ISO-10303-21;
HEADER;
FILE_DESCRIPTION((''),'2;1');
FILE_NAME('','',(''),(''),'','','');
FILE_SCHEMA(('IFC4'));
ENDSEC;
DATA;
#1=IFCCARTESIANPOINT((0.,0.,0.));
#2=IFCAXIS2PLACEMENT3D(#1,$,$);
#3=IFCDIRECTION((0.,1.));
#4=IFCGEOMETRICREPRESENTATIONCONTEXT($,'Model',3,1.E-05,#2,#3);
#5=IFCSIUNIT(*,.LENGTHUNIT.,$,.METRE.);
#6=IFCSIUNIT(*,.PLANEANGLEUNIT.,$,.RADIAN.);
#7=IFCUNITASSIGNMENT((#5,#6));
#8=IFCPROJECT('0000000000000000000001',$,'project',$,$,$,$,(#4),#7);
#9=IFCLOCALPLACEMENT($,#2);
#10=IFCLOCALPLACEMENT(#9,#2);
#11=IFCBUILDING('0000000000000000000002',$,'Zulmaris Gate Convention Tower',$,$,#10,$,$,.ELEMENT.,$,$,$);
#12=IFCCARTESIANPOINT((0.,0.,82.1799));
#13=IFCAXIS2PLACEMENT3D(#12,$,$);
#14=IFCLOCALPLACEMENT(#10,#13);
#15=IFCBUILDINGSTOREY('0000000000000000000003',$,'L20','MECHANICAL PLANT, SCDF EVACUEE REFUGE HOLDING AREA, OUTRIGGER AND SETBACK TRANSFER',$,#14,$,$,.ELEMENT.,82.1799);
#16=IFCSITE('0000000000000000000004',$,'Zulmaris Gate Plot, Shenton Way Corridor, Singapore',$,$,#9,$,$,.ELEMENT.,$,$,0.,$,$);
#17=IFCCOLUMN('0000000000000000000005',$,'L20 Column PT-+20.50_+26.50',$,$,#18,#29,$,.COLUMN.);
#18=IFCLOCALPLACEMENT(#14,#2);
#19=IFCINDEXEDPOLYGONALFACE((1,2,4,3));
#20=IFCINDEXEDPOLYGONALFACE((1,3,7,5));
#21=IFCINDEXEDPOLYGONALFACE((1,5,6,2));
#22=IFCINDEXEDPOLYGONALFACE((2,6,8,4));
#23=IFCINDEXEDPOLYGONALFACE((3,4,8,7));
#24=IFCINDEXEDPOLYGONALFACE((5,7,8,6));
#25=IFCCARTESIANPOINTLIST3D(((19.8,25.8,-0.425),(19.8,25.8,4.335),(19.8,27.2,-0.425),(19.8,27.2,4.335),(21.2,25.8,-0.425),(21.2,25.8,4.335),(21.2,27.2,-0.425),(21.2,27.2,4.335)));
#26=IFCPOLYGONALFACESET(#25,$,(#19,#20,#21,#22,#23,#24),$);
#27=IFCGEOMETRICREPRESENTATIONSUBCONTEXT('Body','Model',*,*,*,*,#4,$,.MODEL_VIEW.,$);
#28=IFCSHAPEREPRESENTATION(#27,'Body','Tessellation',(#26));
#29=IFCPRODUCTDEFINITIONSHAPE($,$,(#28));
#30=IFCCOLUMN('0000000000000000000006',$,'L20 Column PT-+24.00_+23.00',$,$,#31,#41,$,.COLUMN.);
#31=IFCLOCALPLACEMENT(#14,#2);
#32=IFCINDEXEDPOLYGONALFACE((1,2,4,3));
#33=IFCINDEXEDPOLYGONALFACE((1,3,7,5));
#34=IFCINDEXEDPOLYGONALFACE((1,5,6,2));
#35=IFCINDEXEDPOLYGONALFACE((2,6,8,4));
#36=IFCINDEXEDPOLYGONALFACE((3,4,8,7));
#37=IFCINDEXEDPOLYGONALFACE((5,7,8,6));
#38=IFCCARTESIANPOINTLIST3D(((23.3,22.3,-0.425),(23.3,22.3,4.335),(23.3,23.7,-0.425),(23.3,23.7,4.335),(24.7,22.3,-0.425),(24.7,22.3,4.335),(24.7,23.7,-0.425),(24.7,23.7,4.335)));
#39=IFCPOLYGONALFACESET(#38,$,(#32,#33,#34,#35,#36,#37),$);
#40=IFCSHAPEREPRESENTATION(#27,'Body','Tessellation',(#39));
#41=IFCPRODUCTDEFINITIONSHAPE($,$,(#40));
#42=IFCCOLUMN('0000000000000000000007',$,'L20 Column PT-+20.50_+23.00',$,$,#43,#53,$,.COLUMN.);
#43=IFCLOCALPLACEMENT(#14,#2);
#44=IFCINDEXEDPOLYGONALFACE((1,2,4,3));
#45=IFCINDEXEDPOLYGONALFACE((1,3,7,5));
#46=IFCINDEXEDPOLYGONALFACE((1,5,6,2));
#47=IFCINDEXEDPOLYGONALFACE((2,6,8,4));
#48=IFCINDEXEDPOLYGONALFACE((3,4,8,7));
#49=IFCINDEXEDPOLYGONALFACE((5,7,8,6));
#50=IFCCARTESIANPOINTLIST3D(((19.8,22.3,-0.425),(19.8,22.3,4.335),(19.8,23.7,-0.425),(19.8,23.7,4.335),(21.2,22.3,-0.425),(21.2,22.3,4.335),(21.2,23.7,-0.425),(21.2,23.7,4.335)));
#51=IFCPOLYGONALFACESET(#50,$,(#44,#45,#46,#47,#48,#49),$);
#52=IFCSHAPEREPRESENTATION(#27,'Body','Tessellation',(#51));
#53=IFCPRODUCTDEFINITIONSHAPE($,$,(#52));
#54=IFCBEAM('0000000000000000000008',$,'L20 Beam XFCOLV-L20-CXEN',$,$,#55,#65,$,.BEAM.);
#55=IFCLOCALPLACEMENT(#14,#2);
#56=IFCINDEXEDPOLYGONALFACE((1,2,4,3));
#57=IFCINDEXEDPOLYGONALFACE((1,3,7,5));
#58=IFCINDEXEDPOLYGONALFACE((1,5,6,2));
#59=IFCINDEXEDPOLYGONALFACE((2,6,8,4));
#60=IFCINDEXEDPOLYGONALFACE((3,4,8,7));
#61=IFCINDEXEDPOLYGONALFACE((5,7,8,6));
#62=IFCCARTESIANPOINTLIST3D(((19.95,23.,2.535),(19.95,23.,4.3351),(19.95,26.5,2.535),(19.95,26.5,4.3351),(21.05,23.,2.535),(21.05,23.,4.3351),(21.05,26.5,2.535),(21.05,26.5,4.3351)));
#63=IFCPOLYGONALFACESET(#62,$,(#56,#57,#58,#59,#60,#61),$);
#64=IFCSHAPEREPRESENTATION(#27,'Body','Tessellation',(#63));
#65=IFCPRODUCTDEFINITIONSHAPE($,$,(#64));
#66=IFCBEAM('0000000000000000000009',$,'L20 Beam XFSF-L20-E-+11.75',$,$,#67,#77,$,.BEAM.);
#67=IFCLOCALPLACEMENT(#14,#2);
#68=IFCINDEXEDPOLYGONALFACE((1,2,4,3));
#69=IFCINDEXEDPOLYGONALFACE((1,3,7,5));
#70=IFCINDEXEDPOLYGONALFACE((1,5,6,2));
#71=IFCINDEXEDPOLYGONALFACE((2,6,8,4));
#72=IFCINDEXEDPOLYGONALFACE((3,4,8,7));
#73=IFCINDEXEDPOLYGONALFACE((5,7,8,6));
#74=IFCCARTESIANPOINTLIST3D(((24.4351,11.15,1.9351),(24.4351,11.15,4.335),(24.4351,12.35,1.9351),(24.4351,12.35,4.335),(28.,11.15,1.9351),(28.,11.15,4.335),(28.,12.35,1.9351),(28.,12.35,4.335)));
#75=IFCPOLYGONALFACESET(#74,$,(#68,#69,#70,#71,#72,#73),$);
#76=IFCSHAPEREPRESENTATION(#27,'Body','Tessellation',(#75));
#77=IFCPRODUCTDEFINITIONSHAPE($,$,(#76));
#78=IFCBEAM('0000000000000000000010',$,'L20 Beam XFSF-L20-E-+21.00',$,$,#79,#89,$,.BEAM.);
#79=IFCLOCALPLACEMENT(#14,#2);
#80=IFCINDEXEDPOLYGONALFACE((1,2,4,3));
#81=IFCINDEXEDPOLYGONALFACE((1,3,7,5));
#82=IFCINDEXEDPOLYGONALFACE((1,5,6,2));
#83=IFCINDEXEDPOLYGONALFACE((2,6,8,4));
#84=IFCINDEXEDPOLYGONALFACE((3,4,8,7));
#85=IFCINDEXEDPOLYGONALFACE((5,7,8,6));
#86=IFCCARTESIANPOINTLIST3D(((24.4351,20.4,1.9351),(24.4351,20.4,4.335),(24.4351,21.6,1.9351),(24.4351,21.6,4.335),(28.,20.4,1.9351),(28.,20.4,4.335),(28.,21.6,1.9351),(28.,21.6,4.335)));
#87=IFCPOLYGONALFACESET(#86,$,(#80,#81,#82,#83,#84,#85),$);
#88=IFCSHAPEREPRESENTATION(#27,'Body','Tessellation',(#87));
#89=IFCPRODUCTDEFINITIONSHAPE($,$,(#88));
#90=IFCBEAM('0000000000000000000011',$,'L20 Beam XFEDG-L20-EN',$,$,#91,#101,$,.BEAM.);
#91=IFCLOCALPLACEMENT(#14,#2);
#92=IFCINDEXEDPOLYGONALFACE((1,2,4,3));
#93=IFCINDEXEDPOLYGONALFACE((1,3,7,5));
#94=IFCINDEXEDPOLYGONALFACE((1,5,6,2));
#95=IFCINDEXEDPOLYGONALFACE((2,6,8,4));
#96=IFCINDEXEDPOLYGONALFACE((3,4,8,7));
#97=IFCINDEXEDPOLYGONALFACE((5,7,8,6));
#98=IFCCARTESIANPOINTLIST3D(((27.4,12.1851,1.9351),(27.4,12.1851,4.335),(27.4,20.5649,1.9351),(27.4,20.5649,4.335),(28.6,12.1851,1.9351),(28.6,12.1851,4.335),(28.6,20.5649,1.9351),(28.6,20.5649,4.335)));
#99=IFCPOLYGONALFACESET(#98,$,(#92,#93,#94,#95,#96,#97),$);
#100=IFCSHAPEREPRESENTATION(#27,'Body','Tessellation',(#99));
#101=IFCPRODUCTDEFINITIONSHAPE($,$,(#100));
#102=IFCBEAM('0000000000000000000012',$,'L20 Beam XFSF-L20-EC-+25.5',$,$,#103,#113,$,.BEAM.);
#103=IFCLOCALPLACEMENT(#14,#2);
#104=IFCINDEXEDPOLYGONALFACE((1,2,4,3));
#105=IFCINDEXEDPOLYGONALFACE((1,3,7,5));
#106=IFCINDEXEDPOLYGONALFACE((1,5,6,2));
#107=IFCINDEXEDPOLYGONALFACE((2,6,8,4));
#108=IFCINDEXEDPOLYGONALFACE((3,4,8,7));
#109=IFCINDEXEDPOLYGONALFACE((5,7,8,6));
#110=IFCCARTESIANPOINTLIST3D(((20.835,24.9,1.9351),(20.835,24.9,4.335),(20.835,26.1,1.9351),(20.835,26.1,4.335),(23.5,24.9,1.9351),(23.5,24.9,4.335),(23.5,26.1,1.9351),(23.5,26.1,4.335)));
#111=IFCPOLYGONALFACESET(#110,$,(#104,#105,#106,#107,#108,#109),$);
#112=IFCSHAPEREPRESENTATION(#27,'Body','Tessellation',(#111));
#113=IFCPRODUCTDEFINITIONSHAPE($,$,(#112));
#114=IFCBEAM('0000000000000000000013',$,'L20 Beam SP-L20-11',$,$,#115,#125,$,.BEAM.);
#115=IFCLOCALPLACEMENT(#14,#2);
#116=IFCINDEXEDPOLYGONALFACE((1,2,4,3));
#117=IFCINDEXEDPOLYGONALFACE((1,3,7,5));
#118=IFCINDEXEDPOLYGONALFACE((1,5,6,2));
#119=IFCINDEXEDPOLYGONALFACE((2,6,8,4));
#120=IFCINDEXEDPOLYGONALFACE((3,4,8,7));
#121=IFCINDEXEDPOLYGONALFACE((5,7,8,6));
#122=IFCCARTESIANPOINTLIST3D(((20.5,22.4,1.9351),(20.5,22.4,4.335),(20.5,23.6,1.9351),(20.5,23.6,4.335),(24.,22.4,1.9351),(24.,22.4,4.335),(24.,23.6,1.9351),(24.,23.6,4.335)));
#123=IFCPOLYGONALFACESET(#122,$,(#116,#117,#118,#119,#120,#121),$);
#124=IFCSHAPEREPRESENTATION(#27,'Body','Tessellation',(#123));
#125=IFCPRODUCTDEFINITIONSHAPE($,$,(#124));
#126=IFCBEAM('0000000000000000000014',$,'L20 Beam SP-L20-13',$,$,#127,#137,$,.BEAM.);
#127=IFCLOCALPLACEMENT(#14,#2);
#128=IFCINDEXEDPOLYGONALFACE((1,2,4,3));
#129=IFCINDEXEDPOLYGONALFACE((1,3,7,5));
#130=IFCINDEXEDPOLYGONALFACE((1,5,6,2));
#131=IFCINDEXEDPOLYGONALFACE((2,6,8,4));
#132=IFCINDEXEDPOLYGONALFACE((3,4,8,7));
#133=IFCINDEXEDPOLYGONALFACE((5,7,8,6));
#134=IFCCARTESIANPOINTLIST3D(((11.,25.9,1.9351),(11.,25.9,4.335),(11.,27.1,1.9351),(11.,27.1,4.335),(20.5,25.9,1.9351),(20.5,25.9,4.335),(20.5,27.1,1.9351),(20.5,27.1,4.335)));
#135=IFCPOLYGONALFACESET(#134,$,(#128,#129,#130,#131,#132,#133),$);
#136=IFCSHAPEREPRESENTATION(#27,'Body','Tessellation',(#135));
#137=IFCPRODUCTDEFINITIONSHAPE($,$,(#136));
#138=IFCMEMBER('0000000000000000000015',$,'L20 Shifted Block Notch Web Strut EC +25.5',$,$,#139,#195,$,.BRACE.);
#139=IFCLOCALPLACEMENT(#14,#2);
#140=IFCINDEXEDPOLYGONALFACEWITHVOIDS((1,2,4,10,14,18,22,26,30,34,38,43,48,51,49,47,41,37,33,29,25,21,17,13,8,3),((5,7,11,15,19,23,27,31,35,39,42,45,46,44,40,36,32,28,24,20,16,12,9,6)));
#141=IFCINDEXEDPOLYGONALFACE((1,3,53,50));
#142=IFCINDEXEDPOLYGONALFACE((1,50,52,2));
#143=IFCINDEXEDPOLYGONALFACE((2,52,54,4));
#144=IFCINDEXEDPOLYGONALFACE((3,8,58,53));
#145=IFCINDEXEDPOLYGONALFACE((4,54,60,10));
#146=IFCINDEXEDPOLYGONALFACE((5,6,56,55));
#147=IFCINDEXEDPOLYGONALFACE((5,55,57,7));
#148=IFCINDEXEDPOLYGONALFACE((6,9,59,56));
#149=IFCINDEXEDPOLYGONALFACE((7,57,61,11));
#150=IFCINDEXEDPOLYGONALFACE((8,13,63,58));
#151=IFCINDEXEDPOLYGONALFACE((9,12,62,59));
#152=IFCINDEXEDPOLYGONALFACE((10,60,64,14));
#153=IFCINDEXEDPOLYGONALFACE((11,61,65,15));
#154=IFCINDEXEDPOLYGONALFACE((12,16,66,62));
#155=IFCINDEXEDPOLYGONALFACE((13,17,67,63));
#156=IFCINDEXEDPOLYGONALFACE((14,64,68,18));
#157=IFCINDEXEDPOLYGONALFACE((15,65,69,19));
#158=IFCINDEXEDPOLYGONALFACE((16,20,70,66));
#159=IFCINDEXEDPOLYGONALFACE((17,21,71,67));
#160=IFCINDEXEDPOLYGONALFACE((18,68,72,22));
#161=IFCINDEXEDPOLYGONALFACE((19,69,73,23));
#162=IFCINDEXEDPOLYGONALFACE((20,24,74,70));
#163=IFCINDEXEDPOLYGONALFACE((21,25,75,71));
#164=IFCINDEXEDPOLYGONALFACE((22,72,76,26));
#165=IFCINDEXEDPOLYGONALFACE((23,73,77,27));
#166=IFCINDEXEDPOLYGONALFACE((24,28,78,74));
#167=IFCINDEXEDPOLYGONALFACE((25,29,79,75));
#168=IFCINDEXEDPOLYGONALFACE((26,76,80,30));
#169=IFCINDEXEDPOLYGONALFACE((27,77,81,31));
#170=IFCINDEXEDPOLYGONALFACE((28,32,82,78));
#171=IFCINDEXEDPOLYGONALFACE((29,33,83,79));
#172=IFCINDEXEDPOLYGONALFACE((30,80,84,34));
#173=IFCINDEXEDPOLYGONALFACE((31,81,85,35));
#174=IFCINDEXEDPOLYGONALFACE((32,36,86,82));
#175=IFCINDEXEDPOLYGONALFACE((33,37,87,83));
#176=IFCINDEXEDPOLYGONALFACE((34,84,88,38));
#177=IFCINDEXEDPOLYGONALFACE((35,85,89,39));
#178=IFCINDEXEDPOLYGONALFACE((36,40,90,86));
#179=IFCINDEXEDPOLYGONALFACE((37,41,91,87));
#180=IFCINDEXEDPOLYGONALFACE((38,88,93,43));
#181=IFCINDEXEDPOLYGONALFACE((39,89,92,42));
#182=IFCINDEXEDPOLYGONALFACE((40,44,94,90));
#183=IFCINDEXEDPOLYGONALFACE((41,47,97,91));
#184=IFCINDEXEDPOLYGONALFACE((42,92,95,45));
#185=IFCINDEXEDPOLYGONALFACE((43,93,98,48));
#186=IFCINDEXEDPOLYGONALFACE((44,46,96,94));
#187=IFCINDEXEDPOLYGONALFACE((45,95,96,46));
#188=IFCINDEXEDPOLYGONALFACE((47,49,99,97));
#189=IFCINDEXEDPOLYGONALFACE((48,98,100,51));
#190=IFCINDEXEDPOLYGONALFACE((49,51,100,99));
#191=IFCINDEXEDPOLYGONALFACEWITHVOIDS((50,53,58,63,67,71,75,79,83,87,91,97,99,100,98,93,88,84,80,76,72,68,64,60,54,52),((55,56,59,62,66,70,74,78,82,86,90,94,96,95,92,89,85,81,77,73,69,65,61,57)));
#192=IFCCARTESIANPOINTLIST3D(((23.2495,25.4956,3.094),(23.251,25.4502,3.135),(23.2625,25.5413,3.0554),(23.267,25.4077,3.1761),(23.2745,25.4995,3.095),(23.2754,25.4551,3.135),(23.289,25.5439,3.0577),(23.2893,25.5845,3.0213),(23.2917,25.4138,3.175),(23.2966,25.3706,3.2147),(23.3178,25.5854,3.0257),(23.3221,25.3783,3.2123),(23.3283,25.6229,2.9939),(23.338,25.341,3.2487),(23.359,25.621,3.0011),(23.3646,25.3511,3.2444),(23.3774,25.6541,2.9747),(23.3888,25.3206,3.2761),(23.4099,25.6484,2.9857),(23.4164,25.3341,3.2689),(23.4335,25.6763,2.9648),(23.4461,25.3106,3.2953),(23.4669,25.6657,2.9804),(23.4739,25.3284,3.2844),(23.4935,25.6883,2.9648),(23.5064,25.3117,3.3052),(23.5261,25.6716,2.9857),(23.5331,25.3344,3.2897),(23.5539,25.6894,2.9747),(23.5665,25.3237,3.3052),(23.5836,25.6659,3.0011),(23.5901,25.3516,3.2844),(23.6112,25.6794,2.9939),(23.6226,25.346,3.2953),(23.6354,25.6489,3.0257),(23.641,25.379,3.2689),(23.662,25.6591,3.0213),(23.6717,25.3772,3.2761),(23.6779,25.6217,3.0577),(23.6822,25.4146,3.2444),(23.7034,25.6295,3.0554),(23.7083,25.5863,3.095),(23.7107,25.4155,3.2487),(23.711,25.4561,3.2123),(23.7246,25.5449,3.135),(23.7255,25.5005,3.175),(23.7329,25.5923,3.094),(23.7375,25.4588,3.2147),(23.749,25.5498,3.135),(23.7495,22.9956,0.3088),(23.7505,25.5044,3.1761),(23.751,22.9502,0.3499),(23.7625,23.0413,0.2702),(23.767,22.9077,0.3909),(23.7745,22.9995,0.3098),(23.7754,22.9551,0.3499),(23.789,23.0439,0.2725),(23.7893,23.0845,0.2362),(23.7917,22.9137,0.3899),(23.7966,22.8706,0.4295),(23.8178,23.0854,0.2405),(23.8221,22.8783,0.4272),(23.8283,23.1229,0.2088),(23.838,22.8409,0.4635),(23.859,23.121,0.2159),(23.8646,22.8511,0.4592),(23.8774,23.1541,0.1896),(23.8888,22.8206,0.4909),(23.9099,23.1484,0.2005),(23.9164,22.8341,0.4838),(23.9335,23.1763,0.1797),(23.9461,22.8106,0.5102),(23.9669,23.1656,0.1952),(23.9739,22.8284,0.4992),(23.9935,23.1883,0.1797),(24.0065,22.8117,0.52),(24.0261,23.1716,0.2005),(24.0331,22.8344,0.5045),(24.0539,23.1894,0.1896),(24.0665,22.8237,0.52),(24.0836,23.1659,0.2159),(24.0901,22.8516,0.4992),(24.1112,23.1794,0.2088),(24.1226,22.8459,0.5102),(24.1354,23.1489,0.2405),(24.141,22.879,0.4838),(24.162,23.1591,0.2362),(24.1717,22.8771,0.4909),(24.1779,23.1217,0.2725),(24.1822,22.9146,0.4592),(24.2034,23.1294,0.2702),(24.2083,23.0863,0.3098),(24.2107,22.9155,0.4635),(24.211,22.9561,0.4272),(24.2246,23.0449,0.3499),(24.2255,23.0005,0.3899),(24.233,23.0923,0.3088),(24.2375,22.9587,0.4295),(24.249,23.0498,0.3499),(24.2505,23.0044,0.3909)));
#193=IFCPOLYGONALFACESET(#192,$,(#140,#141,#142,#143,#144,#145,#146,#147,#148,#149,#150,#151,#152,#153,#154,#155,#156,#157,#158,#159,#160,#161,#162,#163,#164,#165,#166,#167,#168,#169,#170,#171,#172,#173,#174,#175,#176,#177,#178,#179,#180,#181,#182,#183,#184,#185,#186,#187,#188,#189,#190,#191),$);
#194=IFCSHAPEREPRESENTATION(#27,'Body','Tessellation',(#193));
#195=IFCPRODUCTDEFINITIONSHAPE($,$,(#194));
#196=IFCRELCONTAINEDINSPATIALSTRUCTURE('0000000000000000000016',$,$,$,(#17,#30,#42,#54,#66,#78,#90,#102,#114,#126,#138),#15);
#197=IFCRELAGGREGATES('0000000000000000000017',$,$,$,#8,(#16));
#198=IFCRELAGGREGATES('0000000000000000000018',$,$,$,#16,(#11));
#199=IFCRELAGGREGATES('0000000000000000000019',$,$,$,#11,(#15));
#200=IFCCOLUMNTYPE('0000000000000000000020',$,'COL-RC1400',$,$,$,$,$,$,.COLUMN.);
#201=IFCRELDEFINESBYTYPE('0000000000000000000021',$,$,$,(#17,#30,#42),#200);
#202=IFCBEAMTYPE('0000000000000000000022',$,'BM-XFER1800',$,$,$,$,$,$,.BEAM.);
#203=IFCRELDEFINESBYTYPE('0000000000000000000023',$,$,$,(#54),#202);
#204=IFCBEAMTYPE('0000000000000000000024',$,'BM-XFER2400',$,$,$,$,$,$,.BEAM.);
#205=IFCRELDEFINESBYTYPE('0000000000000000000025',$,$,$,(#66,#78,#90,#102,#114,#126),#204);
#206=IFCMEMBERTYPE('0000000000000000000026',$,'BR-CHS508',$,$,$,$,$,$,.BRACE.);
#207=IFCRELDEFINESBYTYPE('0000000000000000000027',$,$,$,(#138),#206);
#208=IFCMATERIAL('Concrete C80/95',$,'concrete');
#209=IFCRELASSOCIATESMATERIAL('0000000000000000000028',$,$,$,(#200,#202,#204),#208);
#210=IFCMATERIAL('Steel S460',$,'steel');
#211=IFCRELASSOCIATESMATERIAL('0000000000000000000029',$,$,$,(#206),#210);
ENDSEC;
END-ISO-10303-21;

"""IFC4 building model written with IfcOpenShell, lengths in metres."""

from ifc_helpers import new_model, si_unit, direction, frame, origin, origin_2d, place, context, subcontext, project, spatial, rectangle, hollow_circle, extrude, material, material_profile, profile_set, type_object, element, save


model = new_model("IFC4")

# Units and contexts
model_context = context("Model", 3, precision=1e-05, world=origin(), true_north=direction((0.0, 1.0)))
body_context = subcontext(model_context, "Body", "Model", "MODEL_VIEW")
ifc_project = project(units=[si_unit("LENGTHUNIT", "METRE"), si_unit("PLANEANGLEUNIT", "RADIAN")], contexts=[model_context])

# Site, building, storey
site_placement = place(None, origin())
site = spatial("IfcSite", under=ifc_project, at=site_placement, Name="Zulmaris Gate Plot, Shenton Way Corridor, Singapore", CompositionType="ELEMENT", RefElevation=0.0)
building_placement = place(site_placement, origin())
building = spatial("IfcBuilding", under=site, at=building_placement, Name="Zulmaris Gate Convention Tower", CompositionType="ELEMENT")
storey_placement = place(building_placement, frame((0.0, 0.0, 82.1799)))
storey = spatial("IfcBuildingStorey", under=building, at=storey_placement, Name="L20", Description="MECHANICAL PLANT, SCDF EVACUEE REFUGE HOLDING AREA, OUTRIGGER AND SETBACK TRANSFER", CompositionType="ELEMENT", Elevation=82.1799)

# Columns
ifc_material_1 = material(Name="Concrete C80/95", Category="concrete")
ifc_material_profile_1 = material_profile(ifc_material_1, rectangle(XDim=1.3999, YDim=1.3999, at=origin_2d()), Name="RC COL 1400x1400")
ifc_profile_set_1 = profile_set([ifc_material_profile_1], Name="Concrete C80/95")
column_type = type_object("IfcColumnType", Name="COL-RC1400", PredefinedType="COLUMN", material=ifc_profile_set_1)
for number, where, z_axis, x_axis, name in (
    (1, (20.5, 26.5, -0.425), (0.0, 0.0, 1.0), (1.0, 0.0, 0.0), "L20 Column PT-+20.50_+26.50"),
    (2, (24.0, 23.0, -0.425), (0.0, 0.0, 1.0), (1.0, 0.0, 0.0), "L20 Column PT-+24.00_+23.00"),
    (3, (20.5, 23.0, -0.425), (0.0, 0.0, 1.0), (1.0, 0.0, 0.0), "L20 Column PT-+20.50_+23.00"),
):
    element("IfcColumn", number, at=place(storey_placement, frame(where, z_axis=z_axis, x_axis=x_axis)), inside=storey, type_object=column_type, Name=name, PredefinedType="COLUMN", context=body_context, shape_type="SweptSolid", body=[
        extrude(rectangle(XDim=1.3999, YDim=1.3999, at=origin_2d()), origin(), (0.0, 0.0, 1.0), 4.76),
    ])

# Beams
ifc_material_profile_2 = material_profile(ifc_material_1, rectangle(XDim=1.1001, YDim=1.8, at=origin_2d()), Name="RC TRANSFER 1100x1800")
ifc_profile_set_2 = profile_set([ifc_material_profile_2], Name="Concrete C80/95")
beam_type_1 = type_object("IfcBeamType", Name="BM-XFER1800", PredefinedType="BEAM", material=ifc_profile_set_2)
beam_1_placement = place(storey_placement, frame((20.5, 23.0, 3.4351), z_axis=(0.0, 1.0, 0.0), x_axis=(-1.0, 0.0, 0.0)))
element("IfcBeam", 4, at=beam_1_placement, inside=storey, type_object=beam_type_1, Name="L20 Beam XFCOLV-L20-CXEN", PredefinedType="BEAM", context=body_context, shape_type="SweptSolid", body=[
    extrude(rectangle(XDim=1.1001, YDim=1.8, at=origin_2d()), origin(), (0.0, 0.0, 1.0), 3.5),
])
ifc_material_profile_3 = material_profile(ifc_material_1, rectangle(XDim=1.2, YDim=2.3999, at=origin_2d()), Name="RC TRANSFER 1200x2400")
ifc_profile_set_3 = profile_set([ifc_material_profile_3], Name="Concrete C80/95")
beam_type_2 = type_object("IfcBeamType", Name="BM-XFER2400", PredefinedType="BEAM", material=ifc_profile_set_3)
for number, where, z_axis, x_axis, name in (
    (5, (24.4351, 11.75, 3.135), (1.0, 0.0, 0.0), (0.0, 1.0, 0.0), "L20 Beam XFSF-L20-E-+11.75"),
    (6, (24.4351, 21.0, 3.135), (1.0, 0.0, 0.0), (0.0, 1.0, 0.0), "L20 Beam XFSF-L20-E-+21.00"),
):
    element("IfcBeam", number, at=place(storey_placement, frame(where, z_axis=z_axis, x_axis=x_axis)), inside=storey, type_object=beam_type_2, Name=name, PredefinedType="BEAM", context=body_context, shape_type="SweptSolid", body=[
        extrude(rectangle(XDim=1.2, YDim=2.3999, at=origin_2d()), origin(), (0.0, 0.0, 1.0), 3.5649),
    ])
beam_2_placement = place(storey_placement, frame((28.0, 12.1851, 3.135), z_axis=(0.0, 1.0, 0.0), x_axis=(-1.0, 0.0, 0.0)))
element("IfcBeam", 7, at=beam_2_placement, inside=storey, type_object=beam_type_2, Name="L20 Beam XFEDG-L20-EN", PredefinedType="BEAM", context=body_context, shape_type="SweptSolid", body=[
    extrude(rectangle(XDim=1.2, YDim=2.3999, at=origin_2d()), origin(), (0.0, 0.0, 1.0), 8.3799),
])
beam_3_placement = place(storey_placement, frame((20.835, 25.5, 3.135), z_axis=(1.0, 0.0, 0.0), x_axis=(0.0, 1.0, 0.0)))
element("IfcBeam", 8, at=beam_3_placement, inside=storey, type_object=beam_type_2, Name="L20 Beam XFSF-L20-EC-+25.5", PredefinedType="BEAM", context=body_context, shape_type="SweptSolid", body=[
    extrude(rectangle(XDim=1.2, YDim=2.3999, at=origin_2d()), origin(), (0.0, 0.0, 1.0), 2.665),
])
beam_4_placement = place(storey_placement, frame((24.0, 23.0, 3.135), z_axis=(-1.0, 0.0, 0.0), x_axis=(0.0, -1.0, 0.0)))
element("IfcBeam", 9, at=beam_4_placement, inside=storey, type_object=beam_type_2, Name="L20 Beam SP-L20-11", PredefinedType="BEAM", context=body_context, shape_type="SweptSolid", body=[
    extrude(rectangle(XDim=1.2, YDim=2.3999, at=origin_2d()), origin(), (0.0, 0.0, 1.0), 3.5),
])
beam_5_placement = place(storey_placement, frame((20.5, 26.5, 3.135), z_axis=(-1.0, 0.0, 0.0), x_axis=(0.0, -1.0, 0.0)))
element("IfcBeam", 10, at=beam_5_placement, inside=storey, type_object=beam_type_2, Name="L20 Beam SP-L20-13", PredefinedType="BEAM", context=body_context, shape_type="SweptSolid", body=[
    extrude(rectangle(XDim=1.2, YDim=2.3999, at=origin_2d()), origin(), (0.0, 0.0, 1.0), 9.5),
])

# Member
ifc_material_2 = material(Name="Steel S460", Category="steel")
ifc_material_profile_4 = material_profile(ifc_material_2, hollow_circle(Radius=0.2539, WallThickness=0.0249, at=origin_2d()), Name="CHS 508x25")
ifc_profile_set_4 = profile_set([ifc_material_profile_4], Name="Steel S460")
member_type_1 = type_object("IfcMemberType", Name="BR-CHS508", PredefinedType="BRACE", material=ifc_profile_set_4)
member_1_placement = place(storey_placement, frame((24.0, 23.0, 0.3499), z_axis=(-0.13242, 0.662101, 0.737622), x_axis=(-0.980581, -0.196116, 0.0)))
element("IfcMember", 11, at=member_1_placement, inside=storey, type_object=member_type_1, Name="L20 Shifted Block Notch Web Strut EC +25.5", PredefinedType="BRACE", context=body_context, shape_type="SweptSolid", body=[
    extrude(hollow_circle(Radius=0.2539, WallThickness=0.0249, at=origin_2d()), origin(), (0.0, 0.0, 1.0), 3.7759),
])

save(model, "model.ifc")
